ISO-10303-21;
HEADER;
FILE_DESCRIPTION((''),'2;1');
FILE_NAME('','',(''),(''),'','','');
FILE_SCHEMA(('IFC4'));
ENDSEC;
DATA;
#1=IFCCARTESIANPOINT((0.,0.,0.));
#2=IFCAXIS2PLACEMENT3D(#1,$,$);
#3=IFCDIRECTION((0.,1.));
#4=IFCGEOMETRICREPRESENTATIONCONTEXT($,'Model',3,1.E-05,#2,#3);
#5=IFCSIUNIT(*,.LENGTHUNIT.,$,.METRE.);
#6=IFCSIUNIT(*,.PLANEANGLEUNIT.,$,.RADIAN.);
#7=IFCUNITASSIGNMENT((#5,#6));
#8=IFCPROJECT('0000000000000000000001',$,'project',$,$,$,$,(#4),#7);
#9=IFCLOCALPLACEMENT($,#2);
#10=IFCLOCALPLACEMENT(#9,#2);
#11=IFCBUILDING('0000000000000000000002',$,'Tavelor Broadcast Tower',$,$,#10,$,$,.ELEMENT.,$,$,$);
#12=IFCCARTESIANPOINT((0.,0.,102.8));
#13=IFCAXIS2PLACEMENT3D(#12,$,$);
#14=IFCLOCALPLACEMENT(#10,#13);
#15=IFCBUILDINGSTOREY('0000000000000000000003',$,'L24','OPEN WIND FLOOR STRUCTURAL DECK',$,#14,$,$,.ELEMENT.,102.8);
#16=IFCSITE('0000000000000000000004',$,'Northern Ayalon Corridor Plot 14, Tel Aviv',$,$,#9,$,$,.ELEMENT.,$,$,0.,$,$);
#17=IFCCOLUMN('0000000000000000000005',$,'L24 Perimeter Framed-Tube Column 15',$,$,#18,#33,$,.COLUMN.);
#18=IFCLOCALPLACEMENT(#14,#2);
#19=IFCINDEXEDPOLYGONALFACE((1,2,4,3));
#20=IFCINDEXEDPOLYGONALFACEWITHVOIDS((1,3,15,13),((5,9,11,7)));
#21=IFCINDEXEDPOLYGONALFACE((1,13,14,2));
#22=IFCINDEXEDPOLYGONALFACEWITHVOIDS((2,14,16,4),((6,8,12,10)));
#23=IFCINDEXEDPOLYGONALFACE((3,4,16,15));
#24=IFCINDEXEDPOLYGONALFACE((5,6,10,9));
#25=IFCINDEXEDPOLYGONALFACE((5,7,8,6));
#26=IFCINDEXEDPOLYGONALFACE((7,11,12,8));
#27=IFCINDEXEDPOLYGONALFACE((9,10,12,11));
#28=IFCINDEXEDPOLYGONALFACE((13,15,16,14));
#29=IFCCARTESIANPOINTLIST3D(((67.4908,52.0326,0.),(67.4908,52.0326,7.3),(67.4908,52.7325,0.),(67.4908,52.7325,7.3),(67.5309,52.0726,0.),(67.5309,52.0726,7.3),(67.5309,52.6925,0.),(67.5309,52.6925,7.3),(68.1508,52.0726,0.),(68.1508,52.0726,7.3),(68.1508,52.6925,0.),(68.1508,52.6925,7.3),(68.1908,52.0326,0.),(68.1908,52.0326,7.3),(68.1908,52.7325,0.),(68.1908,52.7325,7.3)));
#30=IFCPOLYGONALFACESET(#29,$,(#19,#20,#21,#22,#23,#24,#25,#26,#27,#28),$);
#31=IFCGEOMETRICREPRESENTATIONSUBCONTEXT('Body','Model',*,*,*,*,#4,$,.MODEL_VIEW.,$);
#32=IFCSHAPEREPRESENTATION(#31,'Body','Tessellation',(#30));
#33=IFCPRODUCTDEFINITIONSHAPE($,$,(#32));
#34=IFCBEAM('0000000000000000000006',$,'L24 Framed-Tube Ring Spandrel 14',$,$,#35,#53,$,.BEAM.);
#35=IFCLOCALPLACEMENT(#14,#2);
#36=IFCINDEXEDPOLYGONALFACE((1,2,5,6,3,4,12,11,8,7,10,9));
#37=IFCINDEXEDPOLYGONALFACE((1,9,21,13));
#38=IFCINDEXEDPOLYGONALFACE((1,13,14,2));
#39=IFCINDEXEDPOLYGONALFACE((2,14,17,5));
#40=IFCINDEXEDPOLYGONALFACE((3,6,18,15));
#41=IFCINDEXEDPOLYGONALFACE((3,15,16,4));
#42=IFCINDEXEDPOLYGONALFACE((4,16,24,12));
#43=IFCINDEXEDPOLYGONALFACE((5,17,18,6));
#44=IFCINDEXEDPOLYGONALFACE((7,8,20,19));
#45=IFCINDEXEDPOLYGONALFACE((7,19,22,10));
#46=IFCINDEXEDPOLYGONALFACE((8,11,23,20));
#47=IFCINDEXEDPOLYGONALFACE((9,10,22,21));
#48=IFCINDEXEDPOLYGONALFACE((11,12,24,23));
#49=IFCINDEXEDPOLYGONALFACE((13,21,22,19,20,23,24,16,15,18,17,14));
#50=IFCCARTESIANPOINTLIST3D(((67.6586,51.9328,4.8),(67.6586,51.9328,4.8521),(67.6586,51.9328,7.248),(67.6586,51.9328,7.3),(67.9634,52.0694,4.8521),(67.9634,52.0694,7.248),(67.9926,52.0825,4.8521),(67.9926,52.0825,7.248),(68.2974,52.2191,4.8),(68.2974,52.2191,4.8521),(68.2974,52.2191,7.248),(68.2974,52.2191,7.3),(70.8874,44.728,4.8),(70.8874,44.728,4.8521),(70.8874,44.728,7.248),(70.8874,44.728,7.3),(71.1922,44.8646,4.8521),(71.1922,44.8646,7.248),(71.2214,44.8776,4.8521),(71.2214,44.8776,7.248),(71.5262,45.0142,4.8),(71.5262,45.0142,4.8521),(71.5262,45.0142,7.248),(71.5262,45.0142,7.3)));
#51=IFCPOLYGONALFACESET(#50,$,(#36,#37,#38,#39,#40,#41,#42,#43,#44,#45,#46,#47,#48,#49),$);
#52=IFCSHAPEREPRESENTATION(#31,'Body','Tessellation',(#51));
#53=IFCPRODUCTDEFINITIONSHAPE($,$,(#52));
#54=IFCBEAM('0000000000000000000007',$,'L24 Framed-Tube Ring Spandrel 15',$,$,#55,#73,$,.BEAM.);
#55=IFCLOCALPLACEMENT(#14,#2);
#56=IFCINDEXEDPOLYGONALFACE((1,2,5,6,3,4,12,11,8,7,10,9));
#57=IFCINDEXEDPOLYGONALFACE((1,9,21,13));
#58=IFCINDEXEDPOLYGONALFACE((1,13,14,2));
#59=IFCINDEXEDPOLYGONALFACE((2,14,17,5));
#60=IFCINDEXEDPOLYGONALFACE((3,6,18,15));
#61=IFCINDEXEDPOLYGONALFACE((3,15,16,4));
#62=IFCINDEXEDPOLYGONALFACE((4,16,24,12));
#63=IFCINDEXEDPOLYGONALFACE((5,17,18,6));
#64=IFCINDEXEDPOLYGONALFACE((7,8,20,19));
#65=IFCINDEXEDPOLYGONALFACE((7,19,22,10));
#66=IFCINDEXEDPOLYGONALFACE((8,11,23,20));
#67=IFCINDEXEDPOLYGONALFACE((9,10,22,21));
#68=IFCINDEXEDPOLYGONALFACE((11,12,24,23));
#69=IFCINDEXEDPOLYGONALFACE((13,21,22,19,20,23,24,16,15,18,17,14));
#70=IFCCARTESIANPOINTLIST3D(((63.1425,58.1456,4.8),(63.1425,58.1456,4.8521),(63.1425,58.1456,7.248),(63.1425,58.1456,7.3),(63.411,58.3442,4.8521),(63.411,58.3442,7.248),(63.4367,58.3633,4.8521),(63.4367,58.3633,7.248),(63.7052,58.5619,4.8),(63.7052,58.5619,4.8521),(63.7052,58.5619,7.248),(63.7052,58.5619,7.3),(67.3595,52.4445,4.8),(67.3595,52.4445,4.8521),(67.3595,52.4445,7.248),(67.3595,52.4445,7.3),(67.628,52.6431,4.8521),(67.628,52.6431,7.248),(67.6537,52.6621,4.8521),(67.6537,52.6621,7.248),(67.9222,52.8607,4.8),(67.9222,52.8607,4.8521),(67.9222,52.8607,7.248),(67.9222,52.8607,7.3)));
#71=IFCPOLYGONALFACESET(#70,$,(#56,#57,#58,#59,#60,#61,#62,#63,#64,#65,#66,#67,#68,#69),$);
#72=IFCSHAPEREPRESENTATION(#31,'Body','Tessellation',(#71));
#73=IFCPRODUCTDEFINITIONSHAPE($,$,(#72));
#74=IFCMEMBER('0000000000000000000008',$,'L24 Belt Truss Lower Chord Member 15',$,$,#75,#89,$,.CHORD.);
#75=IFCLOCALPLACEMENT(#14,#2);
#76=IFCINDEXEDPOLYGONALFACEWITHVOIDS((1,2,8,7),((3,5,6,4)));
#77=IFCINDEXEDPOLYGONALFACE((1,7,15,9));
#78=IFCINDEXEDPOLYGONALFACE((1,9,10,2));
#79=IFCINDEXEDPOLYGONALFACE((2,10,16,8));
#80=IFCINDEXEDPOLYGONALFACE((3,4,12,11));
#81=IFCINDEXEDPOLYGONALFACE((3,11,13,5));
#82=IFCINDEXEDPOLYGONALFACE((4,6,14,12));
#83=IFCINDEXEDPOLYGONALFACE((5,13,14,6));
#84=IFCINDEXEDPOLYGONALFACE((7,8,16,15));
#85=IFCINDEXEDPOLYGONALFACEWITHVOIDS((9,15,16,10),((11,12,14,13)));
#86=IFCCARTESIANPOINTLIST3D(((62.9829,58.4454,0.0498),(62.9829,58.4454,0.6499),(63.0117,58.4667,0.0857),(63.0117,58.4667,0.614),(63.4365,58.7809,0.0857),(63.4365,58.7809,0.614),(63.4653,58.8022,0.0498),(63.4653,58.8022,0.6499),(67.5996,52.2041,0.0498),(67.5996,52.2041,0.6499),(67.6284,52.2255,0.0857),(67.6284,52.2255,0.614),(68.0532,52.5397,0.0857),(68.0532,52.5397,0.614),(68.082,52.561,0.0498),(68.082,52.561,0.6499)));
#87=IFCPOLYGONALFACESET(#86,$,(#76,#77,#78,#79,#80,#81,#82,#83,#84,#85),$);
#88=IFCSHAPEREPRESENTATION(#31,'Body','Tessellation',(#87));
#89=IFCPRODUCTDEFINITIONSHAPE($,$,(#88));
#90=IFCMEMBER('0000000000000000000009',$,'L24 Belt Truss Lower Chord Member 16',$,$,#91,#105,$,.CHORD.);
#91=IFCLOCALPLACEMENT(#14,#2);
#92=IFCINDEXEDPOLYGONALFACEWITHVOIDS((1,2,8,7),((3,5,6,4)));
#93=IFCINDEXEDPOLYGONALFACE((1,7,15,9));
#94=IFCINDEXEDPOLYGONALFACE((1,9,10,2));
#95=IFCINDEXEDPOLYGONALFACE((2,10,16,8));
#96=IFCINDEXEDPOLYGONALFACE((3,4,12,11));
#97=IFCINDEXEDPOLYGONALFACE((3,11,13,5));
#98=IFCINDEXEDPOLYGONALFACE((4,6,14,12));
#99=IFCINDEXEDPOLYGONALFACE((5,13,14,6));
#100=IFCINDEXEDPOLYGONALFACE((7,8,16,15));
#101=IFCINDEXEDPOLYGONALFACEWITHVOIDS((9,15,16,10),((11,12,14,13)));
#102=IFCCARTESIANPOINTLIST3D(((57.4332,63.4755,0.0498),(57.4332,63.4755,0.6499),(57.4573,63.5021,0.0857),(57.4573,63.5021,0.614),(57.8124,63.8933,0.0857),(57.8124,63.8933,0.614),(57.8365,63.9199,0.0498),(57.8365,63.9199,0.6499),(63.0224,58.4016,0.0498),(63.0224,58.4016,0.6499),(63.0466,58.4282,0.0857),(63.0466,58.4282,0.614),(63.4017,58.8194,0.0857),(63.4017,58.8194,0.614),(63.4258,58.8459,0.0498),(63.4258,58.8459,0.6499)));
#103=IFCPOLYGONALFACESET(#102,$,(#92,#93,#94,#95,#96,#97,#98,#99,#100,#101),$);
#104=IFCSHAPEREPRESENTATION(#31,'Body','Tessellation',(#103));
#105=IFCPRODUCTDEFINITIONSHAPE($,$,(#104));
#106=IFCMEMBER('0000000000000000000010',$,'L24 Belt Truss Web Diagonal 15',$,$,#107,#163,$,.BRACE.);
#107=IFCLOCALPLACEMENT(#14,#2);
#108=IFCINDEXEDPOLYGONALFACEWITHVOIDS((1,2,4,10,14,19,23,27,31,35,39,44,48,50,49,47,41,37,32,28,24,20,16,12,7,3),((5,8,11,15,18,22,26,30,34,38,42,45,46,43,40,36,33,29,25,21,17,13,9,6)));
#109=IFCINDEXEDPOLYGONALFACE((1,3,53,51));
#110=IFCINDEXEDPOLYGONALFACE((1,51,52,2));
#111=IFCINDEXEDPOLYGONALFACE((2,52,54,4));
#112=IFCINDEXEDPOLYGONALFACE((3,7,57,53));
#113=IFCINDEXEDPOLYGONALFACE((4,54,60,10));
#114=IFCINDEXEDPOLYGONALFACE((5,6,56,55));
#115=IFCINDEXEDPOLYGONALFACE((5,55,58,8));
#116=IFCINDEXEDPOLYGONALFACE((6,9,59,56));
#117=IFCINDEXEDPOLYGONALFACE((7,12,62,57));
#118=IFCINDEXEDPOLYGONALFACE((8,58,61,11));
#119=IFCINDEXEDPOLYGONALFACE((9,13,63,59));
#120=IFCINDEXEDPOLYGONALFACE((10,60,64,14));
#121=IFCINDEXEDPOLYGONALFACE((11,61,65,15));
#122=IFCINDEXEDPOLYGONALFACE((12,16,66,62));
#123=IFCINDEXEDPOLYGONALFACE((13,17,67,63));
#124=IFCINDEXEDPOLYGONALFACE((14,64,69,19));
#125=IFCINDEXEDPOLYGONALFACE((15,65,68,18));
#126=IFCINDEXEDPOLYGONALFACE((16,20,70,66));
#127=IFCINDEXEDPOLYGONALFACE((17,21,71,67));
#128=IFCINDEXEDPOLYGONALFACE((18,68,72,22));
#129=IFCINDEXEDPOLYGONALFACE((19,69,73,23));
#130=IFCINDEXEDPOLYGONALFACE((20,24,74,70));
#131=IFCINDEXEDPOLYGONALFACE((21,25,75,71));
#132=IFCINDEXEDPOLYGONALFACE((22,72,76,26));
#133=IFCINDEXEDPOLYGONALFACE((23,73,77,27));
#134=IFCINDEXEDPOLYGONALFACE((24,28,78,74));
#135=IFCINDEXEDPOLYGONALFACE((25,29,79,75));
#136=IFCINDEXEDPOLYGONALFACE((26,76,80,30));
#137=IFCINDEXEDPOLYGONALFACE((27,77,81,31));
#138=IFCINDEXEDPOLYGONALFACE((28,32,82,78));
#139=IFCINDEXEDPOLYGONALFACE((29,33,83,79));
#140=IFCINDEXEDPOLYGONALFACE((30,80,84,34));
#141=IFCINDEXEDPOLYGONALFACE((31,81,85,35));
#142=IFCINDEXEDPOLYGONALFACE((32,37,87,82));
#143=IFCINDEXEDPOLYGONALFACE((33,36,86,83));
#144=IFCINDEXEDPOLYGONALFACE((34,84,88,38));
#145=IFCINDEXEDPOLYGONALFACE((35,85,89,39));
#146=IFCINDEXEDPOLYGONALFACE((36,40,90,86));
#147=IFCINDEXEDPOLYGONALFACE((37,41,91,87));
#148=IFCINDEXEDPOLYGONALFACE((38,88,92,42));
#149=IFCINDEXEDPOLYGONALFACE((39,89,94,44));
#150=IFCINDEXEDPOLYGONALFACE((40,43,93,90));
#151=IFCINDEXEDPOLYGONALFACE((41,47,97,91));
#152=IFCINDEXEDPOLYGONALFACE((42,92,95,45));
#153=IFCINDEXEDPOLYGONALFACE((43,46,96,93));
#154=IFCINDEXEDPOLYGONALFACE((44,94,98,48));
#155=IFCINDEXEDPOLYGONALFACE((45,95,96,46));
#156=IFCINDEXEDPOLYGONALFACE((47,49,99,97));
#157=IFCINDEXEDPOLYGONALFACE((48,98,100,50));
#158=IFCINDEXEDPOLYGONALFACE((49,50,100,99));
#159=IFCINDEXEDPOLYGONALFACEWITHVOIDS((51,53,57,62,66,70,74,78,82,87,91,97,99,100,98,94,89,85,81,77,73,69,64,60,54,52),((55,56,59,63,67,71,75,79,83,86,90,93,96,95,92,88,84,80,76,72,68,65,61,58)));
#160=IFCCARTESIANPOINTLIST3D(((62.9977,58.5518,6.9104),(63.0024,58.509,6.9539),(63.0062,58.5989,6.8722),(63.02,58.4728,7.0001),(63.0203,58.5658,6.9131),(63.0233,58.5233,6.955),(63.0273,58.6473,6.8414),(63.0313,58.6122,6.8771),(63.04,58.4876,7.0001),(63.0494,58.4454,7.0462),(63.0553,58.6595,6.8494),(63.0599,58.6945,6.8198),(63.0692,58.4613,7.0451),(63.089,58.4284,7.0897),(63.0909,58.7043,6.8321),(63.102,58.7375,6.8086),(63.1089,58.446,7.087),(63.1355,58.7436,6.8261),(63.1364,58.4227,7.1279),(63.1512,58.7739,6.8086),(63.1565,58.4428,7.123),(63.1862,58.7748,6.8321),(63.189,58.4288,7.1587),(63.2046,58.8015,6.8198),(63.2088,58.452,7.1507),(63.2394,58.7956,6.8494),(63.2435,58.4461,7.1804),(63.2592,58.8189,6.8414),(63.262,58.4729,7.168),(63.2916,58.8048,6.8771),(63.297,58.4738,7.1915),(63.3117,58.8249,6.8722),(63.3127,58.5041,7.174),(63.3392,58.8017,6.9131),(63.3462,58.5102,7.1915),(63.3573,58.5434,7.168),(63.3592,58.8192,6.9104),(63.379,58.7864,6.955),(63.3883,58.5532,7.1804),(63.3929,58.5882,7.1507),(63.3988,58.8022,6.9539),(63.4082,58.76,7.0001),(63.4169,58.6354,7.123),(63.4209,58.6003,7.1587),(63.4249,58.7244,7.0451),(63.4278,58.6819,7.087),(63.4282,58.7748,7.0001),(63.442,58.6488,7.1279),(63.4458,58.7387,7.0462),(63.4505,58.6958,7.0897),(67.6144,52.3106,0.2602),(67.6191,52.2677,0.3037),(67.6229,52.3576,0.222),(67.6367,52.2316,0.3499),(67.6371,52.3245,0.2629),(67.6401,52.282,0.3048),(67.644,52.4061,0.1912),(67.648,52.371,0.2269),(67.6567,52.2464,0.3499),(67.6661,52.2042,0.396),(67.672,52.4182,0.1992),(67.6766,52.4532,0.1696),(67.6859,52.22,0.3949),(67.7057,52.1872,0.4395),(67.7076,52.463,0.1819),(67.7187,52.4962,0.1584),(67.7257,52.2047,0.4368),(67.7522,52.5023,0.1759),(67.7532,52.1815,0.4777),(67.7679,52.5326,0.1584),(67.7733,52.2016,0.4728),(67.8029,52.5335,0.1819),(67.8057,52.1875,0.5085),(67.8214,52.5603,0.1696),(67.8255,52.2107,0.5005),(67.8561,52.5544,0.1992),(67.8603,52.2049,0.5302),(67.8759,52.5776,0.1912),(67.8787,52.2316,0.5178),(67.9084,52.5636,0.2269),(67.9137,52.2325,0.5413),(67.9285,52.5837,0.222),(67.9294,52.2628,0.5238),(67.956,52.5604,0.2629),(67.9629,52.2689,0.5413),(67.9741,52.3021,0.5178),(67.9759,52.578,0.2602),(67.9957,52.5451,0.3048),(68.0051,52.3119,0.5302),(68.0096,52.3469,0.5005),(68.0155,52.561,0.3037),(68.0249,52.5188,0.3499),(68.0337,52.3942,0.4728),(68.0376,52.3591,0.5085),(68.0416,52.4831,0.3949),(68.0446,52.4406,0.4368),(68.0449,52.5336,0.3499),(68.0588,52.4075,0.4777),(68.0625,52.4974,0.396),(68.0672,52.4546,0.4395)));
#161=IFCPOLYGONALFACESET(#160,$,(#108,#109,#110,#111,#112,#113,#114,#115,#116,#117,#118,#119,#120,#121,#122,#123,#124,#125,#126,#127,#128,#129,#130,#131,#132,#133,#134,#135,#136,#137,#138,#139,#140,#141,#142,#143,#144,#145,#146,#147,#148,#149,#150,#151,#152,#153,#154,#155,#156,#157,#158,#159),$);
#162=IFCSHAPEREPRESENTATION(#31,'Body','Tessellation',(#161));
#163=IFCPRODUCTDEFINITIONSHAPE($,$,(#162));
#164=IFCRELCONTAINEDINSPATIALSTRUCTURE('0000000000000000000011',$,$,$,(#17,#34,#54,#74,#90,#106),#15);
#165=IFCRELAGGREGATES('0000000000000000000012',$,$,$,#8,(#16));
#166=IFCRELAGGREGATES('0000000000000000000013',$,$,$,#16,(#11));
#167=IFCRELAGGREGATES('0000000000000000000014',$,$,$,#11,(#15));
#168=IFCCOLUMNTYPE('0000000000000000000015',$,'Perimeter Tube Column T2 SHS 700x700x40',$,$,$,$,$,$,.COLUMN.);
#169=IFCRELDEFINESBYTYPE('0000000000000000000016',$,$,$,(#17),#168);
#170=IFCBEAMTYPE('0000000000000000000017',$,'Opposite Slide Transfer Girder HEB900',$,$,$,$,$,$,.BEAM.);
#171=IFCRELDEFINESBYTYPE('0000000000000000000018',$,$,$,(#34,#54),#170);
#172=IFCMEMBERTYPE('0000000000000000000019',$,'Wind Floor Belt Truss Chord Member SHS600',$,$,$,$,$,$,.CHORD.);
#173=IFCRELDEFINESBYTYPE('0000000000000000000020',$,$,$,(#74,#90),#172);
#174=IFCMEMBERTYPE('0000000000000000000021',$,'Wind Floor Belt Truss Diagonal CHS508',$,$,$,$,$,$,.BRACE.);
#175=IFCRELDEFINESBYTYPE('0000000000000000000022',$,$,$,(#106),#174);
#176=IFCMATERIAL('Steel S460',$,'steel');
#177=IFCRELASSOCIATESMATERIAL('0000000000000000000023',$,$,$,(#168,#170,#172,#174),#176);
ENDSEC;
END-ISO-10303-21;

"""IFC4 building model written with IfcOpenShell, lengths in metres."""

from ifc_helpers import new_model, si_unit, direction, frame, origin, origin_2d, place, context, subcontext, project, spatial, hollow_rectangle, hollow_circle, i_section, extrude, material, material_profile, profile_set, type_object, element, save


model = new_model("IFC4")

# Units and contexts
model_context = context("Model", 3, precision=1e-05, world=origin(), true_north=direction((0.0, 1.0)))
body_context = subcontext(model_context, "Body", "Model", "MODEL_VIEW")
ifc_project = project(units=[si_unit("LENGTHUNIT", "METRE"), si_unit("PLANEANGLEUNIT", "RADIAN")], contexts=[model_context])

# Site, building, storey
site_placement = place(None, origin())
site = spatial("IfcSite", under=ifc_project, at=site_placement, Name="Northern Ayalon Corridor Plot 14, Tel Aviv", CompositionType="ELEMENT", RefElevation=0.0)
building_placement = place(site_placement, origin())
building = spatial("IfcBuilding", under=site, at=building_placement, Name="Tavelor Broadcast Tower", CompositionType="ELEMENT")
storey_placement = place(building_placement, frame((0.0, 0.0, 102.8)))
storey = spatial("IfcBuildingStorey", under=building, at=storey_placement, Name="L24", Description="OPEN WIND FLOOR STRUCTURAL DECK", CompositionType="ELEMENT", Elevation=102.8)

# Column
ifc_material_1 = material(Name="Steel S460", Category="steel")
ifc_material_profile_1 = material_profile(ifc_material_1, hollow_rectangle(XDim=0.7, YDim=0.7, WallThickness=0.04, at=origin_2d()), Name="SHS 700x700x40")
ifc_profile_set_1 = profile_set([ifc_material_profile_1], Name="Steel S460")
column_type = type_object("IfcColumnType", Name="Perimeter Tube Column T2 SHS 700x700x40", PredefinedType="COLUMN", material=ifc_profile_set_1)
column_placement = place(storey_placement, frame((67.8408, 52.3826, 0.0), z_axis=(0.0, 0.0, 1.0), x_axis=(1.0, 0.0, 0.0)))
element("IfcColumn", 1, at=column_placement, inside=storey, type_object=column_type, Name="L24 Perimeter Framed-Tube Column 15", PredefinedType="COLUMN", context=body_context, shape_type="SweptSolid", body=[
    extrude(hollow_rectangle(XDim=0.7, YDim=0.7, WallThickness=0.04, at=origin_2d()), origin(), (0.0, 0.0, 1.0), 7.3),
])

# Beams
ifc_material_profile_2 = material_profile(ifc_material_1, i_section(OverallWidth=0.7, OverallDepth=2.5, WebThickness=0.032, FlangeThickness=0.052, at=origin_2d()), Name="PG 2500x700")
ifc_profile_set_2 = profile_set([ifc_material_profile_2], Name="Steel S460")
beam_type = type_object("IfcBeamType", Name="Opposite Slide Transfer Girder HEB900", PredefinedType="BEAM", material=ifc_profile_set_2)
beam_1_placement = place(storey_placement, frame((71.2068, 44.8711, 6.05), z_axis=(-0.408951, 0.912556, 0.0), x_axis=(-0.912556, -0.408951, 0.0)))
element("IfcBeam", 2, at=beam_1_placement, inside=storey, type_object=beam_type, Name="L24 Framed-Tube Ring Spandrel 14", PredefinedType="BEAM", context=body_context, shape_type="SweptSolid", body=[
    extrude(i_section(OverallWidth=0.7, OverallDepth=2.5, WebThickness=0.032, FlangeThickness=0.052, at=origin_2d()), origin(), (0.0, 0.0, 1.0), 7.8953),
])
beam_2_placement = place(storey_placement, frame((67.6409, 52.6526, 6.05), z_axis=(-0.594677, 0.803965, 0.0), x_axis=(-0.803965, -0.594677, 0.0)))
element("IfcBeam", 3, at=beam_2_placement, inside=storey, type_object=beam_type, Name="L24 Framed-Tube Ring Spandrel 15", PredefinedType="BEAM", context=body_context, shape_type="SweptSolid", body=[
    extrude(i_section(OverallWidth=0.7, OverallDepth=2.5, WebThickness=0.032, FlangeThickness=0.052, at=origin_2d()), origin(), (0.0, 0.0, 1.0), 7.0913),
])

# Members
ifc_material_profile_3 = material_profile(ifc_material_1, hollow_rectangle(XDim=0.6001, YDim=0.6001, WallThickness=0.0359, at=origin_2d()), Name="SHS 600x600x36")
ifc_profile_set_3 = profile_set([ifc_material_profile_3], Name="Steel S460")
member_type_1 = type_object("IfcMemberType", Name="Wind Floor Belt Truss Chord Member SHS600", PredefinedType="CHORD", material=ifc_profile_set_3)
member_1_placement = place(storey_placement, frame((67.8408, 52.3826, 0.3499), z_axis=(-0.594693, 0.803953, 0.0), x_axis=(-0.803953, -0.594693, 0.0)))
element("IfcMember", 4, at=member_1_placement, inside=storey, type_object=member_type_1, Name="L24 Belt Truss Lower Chord Member 15", PredefinedType="CHORD", context=body_context, shape_type="SweptSolid", body=[
    extrude(hollow_rectangle(XDim=0.6001, YDim=0.6001, WallThickness=0.0359, at=origin_2d()), origin(), (0.0, 0.0, 1.0), 7.7632),
])
member_2_placement = place(storey_placement, frame((63.2241, 58.6238, 0.3499), z_axis=(-0.740418, 0.672146, 0.0), x_axis=(-0.672146, -0.740418, 0.0)))
element("IfcMember", 5, at=member_2_placement, inside=storey, type_object=member_type_1, Name="L24 Belt Truss Lower Chord Member 16", PredefinedType="CHORD", context=body_context, shape_type="SweptSolid", body=[
    extrude(hollow_rectangle(XDim=0.6001, YDim=0.6001, WallThickness=0.0359, at=origin_2d()), origin(), (0.0, 0.0, 1.0), 7.5488),
])
ifc_material_profile_4 = material_profile(ifc_material_1, hollow_circle(Radius=0.2539, WallThickness=0.0249, at=origin_2d()), Name="CHS 508x25")
ifc_profile_set_4 = profile_set([ifc_material_profile_4], Name="Steel S460")
member_type_2 = type_object("IfcMemberType", Name="Wind Floor Belt Truss Diagonal CHS508", PredefinedType="BRACE", material=ifc_profile_set_4)
member_3_placement = place(storey_placement, frame((67.8408, 52.3826, 0.3499), z_axis=(-0.45164, 0.610561, 0.650566), x_axis=(-0.803953, -0.594693, 0.0)))
element("IfcMember", 6, at=member_3_placement, inside=storey, type_object=member_type_2, Name="L24 Belt Truss Web Diagonal 15", PredefinedType="BRACE", context=body_context, shape_type="SweptSolid", body=[
    extrude(hollow_circle(Radius=0.2539, WallThickness=0.0249, at=origin_2d()), origin(), (0.0, 0.0, 1.0), 10.2222),
])

save(model, "model.ifc")
